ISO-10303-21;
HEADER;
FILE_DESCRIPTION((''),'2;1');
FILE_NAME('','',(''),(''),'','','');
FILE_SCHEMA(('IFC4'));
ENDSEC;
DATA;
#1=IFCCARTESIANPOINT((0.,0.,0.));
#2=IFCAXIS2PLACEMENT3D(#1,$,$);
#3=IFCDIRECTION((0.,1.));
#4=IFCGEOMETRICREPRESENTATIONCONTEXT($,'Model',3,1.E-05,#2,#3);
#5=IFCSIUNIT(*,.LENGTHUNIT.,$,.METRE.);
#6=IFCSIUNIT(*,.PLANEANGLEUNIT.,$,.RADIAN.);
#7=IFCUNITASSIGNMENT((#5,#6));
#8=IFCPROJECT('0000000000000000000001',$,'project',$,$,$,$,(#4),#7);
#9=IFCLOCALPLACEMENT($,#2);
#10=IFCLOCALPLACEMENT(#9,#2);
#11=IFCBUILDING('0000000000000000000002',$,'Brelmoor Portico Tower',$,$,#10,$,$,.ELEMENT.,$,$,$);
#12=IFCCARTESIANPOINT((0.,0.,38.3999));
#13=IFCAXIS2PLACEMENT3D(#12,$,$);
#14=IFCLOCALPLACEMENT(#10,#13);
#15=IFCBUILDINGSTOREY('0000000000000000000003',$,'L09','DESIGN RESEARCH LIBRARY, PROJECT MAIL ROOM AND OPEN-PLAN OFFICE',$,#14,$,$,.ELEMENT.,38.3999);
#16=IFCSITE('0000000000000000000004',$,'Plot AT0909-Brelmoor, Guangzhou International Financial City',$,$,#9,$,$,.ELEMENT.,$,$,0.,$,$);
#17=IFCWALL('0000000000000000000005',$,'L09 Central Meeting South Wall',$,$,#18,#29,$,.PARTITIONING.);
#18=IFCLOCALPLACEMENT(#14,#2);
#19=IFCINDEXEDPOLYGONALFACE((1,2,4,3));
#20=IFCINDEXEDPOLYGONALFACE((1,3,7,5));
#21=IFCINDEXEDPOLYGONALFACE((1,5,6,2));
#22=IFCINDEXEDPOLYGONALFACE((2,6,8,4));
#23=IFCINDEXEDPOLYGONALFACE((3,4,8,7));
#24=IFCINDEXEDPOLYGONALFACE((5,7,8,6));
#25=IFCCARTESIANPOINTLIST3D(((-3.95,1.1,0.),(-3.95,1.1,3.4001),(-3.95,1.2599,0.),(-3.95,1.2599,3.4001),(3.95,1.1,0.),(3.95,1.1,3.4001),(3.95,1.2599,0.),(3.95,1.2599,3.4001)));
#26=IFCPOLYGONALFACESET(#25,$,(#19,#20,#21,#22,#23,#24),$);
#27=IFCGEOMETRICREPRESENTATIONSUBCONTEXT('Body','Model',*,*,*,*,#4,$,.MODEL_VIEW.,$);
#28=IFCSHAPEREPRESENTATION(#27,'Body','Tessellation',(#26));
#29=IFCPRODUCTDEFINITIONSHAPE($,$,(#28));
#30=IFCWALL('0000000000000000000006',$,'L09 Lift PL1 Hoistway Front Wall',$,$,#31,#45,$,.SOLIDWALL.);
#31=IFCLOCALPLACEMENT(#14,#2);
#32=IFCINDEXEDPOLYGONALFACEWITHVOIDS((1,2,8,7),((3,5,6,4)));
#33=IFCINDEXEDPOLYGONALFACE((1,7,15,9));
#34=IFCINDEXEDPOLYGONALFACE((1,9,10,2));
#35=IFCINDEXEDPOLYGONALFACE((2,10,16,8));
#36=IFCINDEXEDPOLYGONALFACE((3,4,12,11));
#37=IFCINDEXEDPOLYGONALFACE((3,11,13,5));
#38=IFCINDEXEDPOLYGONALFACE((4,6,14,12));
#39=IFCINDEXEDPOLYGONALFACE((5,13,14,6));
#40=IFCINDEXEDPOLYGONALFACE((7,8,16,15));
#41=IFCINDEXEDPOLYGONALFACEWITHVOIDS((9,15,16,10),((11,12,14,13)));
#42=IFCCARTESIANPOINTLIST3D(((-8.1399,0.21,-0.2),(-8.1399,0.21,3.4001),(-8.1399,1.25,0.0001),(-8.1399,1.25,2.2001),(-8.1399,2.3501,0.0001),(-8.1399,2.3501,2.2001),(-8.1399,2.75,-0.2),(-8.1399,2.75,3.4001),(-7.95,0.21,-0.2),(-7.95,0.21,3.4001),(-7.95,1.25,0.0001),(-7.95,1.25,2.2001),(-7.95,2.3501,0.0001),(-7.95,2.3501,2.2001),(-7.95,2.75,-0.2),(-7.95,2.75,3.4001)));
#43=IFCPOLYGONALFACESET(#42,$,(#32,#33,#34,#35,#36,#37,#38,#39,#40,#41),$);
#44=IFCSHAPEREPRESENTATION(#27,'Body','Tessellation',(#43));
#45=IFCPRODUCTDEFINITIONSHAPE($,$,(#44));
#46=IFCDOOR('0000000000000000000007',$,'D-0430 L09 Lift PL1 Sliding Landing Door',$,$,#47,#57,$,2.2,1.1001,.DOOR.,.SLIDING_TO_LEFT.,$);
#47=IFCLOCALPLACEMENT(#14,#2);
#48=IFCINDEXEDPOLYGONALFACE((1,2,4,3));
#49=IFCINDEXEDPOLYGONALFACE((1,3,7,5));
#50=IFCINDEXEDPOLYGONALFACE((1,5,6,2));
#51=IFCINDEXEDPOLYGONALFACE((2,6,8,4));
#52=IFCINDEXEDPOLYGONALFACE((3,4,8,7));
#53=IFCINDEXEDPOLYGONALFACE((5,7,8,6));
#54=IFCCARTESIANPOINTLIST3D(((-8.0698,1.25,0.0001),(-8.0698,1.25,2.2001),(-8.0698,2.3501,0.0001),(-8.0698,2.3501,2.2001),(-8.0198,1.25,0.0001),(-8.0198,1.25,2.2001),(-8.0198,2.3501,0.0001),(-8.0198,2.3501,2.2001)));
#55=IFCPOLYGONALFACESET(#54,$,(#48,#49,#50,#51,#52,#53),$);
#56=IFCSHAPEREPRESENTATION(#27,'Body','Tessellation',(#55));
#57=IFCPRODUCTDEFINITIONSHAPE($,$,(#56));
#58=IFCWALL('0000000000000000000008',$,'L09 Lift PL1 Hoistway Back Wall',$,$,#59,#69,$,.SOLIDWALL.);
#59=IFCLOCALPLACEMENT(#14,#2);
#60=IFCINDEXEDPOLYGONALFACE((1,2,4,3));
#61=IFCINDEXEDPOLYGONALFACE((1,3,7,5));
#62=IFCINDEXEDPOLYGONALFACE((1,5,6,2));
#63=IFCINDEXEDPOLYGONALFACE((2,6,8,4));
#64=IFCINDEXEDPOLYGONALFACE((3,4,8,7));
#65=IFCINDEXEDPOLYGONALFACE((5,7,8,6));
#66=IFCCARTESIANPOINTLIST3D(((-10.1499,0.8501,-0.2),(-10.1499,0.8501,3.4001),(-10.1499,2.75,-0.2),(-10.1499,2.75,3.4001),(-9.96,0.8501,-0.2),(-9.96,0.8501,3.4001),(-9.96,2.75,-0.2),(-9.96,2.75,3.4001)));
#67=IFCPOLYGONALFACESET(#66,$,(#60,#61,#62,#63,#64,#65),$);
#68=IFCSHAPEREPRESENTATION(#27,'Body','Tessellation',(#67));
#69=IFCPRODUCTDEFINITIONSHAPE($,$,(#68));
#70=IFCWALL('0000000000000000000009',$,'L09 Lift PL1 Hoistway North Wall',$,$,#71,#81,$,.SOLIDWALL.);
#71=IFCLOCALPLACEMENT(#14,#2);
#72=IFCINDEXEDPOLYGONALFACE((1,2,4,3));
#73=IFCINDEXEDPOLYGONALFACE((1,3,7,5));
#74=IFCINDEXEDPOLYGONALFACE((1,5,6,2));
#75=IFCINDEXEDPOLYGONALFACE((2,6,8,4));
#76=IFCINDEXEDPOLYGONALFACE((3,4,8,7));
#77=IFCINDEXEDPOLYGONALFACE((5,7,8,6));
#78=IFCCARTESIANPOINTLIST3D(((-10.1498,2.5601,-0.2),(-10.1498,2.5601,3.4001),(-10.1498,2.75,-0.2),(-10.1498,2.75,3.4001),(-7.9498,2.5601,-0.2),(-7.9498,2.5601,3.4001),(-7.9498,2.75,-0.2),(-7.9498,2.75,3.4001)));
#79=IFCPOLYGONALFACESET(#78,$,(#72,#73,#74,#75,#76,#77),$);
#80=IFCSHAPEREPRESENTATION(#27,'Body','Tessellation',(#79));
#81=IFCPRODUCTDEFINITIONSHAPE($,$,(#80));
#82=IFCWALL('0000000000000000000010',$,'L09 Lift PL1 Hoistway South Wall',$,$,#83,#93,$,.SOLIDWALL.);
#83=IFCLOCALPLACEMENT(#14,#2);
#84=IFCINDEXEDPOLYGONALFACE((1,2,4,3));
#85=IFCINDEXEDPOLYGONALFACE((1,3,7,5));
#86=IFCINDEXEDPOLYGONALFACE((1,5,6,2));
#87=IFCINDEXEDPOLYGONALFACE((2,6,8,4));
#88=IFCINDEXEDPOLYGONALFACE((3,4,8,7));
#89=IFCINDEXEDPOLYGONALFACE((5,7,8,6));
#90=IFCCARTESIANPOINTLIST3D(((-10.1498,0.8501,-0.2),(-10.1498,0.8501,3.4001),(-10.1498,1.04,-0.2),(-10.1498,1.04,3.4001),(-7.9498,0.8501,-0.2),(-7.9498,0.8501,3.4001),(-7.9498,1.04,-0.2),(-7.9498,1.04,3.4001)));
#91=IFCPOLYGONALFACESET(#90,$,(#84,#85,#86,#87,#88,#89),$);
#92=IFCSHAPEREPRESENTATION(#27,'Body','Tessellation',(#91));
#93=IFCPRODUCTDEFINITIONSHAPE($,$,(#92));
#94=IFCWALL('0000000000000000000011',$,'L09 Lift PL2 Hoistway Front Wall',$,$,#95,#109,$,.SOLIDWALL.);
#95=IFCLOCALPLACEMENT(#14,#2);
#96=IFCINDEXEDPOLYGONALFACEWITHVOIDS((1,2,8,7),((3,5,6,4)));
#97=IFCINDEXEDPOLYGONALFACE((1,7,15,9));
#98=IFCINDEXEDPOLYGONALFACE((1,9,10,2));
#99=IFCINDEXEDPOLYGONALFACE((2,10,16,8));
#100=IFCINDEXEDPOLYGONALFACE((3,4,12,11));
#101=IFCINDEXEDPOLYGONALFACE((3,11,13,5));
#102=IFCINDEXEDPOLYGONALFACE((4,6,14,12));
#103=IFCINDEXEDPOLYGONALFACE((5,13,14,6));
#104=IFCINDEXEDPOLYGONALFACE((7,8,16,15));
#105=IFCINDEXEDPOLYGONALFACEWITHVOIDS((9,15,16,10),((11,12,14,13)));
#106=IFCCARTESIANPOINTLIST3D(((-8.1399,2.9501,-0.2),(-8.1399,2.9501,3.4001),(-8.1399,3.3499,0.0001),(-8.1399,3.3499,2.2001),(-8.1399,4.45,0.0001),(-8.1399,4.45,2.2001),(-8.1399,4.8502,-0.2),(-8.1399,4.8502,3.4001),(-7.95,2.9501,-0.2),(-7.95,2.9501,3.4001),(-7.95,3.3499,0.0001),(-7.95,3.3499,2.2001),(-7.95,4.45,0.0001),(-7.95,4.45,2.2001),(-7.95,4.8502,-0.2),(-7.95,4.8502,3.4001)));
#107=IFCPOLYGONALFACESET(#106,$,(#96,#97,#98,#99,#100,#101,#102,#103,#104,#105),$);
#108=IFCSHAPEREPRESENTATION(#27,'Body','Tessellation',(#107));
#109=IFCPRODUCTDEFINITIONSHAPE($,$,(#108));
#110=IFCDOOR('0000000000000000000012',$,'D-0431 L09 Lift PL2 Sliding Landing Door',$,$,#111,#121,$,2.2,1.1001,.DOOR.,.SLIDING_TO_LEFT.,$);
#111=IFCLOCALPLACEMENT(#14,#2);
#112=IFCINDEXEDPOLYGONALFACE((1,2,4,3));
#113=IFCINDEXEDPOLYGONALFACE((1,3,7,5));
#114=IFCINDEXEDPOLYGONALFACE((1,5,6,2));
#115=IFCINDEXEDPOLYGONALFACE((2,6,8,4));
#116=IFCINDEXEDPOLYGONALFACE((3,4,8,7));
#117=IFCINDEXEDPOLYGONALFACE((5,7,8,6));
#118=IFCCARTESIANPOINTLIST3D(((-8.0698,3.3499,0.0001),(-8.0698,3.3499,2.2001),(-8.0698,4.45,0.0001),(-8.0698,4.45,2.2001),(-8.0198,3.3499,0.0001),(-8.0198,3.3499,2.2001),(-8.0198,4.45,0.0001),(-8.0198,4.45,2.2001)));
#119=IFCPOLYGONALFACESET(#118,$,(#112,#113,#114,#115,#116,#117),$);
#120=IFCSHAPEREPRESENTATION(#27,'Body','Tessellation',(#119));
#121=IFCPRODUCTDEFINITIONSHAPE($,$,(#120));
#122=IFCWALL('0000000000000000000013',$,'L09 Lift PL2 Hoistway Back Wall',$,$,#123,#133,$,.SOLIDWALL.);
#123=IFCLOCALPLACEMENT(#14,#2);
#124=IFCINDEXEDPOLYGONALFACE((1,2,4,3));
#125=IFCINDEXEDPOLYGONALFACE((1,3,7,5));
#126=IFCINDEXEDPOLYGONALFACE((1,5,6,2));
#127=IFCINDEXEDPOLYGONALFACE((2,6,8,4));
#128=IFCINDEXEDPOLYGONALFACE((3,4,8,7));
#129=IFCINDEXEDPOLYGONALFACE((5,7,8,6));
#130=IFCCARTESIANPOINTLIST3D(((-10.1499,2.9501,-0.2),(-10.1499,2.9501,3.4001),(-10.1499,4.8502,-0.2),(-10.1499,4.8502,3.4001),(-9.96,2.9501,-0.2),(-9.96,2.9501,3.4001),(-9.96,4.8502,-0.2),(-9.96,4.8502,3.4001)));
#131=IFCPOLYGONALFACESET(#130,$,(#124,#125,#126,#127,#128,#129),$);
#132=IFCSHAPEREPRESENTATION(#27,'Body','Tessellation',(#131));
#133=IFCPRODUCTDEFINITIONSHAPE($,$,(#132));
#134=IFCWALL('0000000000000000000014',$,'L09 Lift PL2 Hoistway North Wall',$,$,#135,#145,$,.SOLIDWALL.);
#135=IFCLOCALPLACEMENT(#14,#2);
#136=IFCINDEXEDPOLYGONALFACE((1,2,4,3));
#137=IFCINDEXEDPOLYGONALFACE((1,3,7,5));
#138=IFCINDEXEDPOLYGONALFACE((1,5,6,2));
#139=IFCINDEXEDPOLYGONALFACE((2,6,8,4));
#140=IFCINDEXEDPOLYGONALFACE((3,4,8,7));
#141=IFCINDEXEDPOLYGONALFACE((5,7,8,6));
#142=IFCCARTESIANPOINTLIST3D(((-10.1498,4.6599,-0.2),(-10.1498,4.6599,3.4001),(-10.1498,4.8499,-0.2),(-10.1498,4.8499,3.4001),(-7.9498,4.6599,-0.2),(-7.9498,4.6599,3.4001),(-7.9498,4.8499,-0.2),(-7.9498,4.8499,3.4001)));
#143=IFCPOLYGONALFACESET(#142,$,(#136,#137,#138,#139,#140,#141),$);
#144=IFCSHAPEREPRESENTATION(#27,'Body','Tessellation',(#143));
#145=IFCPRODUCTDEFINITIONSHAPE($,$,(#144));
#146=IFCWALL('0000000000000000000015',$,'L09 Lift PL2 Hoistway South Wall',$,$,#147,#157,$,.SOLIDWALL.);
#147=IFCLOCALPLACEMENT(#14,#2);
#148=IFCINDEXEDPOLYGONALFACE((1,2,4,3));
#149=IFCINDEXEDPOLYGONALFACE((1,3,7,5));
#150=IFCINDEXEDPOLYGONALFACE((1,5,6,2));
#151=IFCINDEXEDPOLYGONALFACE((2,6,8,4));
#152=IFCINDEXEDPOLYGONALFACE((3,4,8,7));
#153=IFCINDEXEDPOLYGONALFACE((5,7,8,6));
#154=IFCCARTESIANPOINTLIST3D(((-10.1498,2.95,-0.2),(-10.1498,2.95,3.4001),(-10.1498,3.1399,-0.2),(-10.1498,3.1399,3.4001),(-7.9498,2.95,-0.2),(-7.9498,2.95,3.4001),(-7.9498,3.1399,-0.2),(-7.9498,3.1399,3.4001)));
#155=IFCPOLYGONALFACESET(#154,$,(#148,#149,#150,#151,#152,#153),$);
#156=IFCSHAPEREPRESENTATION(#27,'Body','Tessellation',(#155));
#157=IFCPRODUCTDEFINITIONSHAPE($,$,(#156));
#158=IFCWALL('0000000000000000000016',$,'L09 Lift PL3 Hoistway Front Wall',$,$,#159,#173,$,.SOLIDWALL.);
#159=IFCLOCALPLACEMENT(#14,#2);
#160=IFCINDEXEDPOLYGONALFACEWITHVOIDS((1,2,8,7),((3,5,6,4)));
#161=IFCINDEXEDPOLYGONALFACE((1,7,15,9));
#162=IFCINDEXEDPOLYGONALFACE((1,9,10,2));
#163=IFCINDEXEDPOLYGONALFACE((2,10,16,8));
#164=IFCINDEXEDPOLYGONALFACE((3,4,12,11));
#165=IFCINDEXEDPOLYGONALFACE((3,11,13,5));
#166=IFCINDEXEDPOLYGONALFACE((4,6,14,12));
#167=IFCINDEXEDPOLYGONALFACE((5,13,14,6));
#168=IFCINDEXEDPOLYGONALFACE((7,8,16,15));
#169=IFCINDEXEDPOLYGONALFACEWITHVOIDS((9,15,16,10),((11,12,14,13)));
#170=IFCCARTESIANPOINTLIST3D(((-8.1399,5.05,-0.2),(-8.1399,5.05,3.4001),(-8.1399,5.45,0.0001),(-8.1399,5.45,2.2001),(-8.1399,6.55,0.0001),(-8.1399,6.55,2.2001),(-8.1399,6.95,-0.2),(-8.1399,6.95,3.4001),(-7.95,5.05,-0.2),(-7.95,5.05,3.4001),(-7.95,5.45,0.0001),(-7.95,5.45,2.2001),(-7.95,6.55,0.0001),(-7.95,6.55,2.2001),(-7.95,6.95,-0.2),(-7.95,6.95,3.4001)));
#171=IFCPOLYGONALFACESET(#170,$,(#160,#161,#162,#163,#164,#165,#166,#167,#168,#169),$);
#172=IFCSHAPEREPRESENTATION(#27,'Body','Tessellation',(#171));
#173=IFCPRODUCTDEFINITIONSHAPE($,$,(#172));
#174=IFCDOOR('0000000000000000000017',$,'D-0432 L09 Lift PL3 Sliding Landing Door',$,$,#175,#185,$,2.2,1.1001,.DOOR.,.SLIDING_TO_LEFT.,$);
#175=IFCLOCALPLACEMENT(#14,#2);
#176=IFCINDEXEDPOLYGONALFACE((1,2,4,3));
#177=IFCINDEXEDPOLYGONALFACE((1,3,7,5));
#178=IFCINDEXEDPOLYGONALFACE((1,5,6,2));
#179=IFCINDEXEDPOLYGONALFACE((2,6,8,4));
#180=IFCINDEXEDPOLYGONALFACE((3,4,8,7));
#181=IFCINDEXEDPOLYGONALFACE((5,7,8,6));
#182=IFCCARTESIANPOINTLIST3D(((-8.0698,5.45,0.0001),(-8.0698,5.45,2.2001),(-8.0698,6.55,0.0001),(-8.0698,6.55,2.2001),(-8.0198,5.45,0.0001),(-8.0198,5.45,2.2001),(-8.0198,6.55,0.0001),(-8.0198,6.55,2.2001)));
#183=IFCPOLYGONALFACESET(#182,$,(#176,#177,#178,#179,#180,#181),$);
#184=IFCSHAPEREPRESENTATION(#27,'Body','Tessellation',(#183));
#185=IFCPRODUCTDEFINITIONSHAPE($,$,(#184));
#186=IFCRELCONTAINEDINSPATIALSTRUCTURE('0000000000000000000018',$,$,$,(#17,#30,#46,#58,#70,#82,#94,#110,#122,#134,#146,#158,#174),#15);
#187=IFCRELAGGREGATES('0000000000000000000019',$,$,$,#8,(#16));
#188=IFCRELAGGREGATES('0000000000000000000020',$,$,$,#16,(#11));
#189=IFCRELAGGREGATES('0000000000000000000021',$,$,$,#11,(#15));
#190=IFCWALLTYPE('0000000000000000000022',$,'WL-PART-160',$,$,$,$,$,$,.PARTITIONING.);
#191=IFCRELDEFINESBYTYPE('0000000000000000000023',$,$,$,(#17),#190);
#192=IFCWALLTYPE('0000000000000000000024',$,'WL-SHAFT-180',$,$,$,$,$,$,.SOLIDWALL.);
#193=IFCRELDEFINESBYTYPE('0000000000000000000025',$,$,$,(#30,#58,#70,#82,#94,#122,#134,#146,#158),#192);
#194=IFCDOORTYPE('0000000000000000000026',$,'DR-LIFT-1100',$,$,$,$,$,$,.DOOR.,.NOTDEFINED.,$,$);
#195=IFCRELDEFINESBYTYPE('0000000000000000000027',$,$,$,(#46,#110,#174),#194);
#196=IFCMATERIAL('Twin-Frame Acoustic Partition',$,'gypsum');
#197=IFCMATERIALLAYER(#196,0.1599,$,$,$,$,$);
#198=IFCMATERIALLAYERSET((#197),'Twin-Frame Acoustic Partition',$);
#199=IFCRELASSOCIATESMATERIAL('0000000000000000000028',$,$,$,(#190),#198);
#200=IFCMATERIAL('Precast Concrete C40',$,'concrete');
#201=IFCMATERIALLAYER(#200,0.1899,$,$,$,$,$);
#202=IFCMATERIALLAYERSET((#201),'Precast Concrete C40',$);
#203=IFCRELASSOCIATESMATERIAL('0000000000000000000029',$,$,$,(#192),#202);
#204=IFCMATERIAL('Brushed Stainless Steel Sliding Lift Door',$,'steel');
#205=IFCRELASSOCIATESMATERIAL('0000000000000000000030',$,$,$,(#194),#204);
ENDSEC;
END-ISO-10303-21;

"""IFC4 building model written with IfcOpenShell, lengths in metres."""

from ifc_helpers import new_model, si_unit, direction, frame, frame_2d, origin, place, context, subcontext, project, spatial, rectangle, extrude, material, layer, layer_set, type_object, element, fill, save


model = new_model("IFC4")

# Units and contexts
model_context = context("Model", 3, precision=1e-05, world=origin(), true_north=direction((0.0, 1.0)))
body_context = subcontext(model_context, "Body", "Model", "MODEL_VIEW")
ifc_project = project(units=[si_unit("LENGTHUNIT", "METRE"), si_unit("PLANEANGLEUNIT", "RADIAN")], contexts=[model_context])

# Site, building, storey
site_placement = place(None, origin())
site = spatial("IfcSite", under=ifc_project, at=site_placement, Name="Plot AT0909-Brelmoor, Guangzhou International Financial City", CompositionType="ELEMENT", RefElevation=0.0)
building_placement = place(site_placement, origin())
building = spatial("IfcBuilding", under=site, at=building_placement, Name="Brelmoor Portico Tower", CompositionType="ELEMENT")
storey_placement = place(building_placement, frame((0.0, 0.0, 38.3999)))
storey = spatial("IfcBuildingStorey", under=building, at=storey_placement, Name="L09", Description="DESIGN RESEARCH LIBRARY, PROJECT MAIL ROOM AND OPEN-PLAN OFFICE", CompositionType="ELEMENT", Elevation=38.3999)

# Wall
ifc_material_1 = material(Name="Twin-Frame Acoustic Partition", Category="gypsum")
ifc_layer_1 = layer(ifc_material_1, 0.1599)
ifc_layer_set_1 = layer_set([ifc_layer_1], Name="Twin-Frame Acoustic Partition")
wall_type_1 = type_object("IfcWallType", Name="WL-PART-160", PredefinedType="PARTITIONING", material=ifc_layer_set_1)
wall_1_placement = place(storey_placement, frame((-3.95, 1.1799, 0.0), z_axis=(0.0, 0.0, 1.0), x_axis=(1.0, 0.0, 0.0)))
element("IfcWall", 1, at=wall_1_placement, inside=storey, type_object=wall_type_1, Name="L09 Central Meeting South Wall", PredefinedType="PARTITIONING", context=body_context, shape_type="SweptSolid", body=[
    extrude(rectangle(XDim=7.8999, YDim=0.1599, at=frame_2d((3.95, 0.0))), origin(), (0.0, 0.0, 1.0), 3.4001),
])

# Wall, opening, door
ifc_material_2 = material(Name="Precast Concrete C40", Category="concrete")
ifc_layer_2 = layer(ifc_material_2, 0.1899)
ifc_layer_set_2 = layer_set([ifc_layer_2], Name="Precast Concrete C40")
wall_type_2 = type_object("IfcWallType", Name="WL-SHAFT-180", PredefinedType="SOLIDWALL", material=ifc_layer_set_2)
wall_2_placement = place(storey_placement, frame((-8.0449, 0.21, -0.2), z_axis=(0.0, 0.0, 1.0), x_axis=(0.0, 1.0, 0.0)))
wall_2 = element("IfcWall", 2, at=wall_2_placement, inside=storey, type_object=wall_type_2, Name="L09 Lift PL1 Hoistway Front Wall", PredefinedType="SOLIDWALL", context=body_context, shape_type="SweptSolid", body=[
    extrude(rectangle(XDim=2.54, YDim=0.1899, at=frame_2d((1.27, 0.0))), origin(), (0.0, 0.0, 1.0), 3.6001),
])
opening_1_placement = place(wall_2_placement, frame((1.04, 0.0, 0.2)))
opening_1 = element("IfcOpeningElement", 3, at=opening_1_placement, cuts=wall_2, PredefinedType="OPENING", context=body_context, shape_type="SweptSolid", body=[
    extrude(rectangle(XDim=1.1001, YDim=2.2, at=frame_2d((0.55, 1.1001))), frame((0.0, 0.105, 0.0), z_axis=(0.0, -1.0, 0.0), x_axis=(1.0, 0.0, 0.0)), (0.0, 0.0, 1.0), 0.21),
])
ifc_material_3 = material(Name="Brushed Stainless Steel Sliding Lift Door", Category="steel")
door_type = type_object("IfcDoorType", Name="DR-LIFT-1100", OperationType="NOTDEFINED", PredefinedType="DOOR", material=ifc_material_3)
door_1_placement = place(opening_1_placement, origin())
door_1 = element("IfcDoor", 4, at=door_1_placement, inside=storey, type_object=door_type, Name="D-0430 L09 Lift PL1 Sliding Landing Door", OperationType="SLIDING_TO_LEFT", OverallHeight=2.2, OverallWidth=1.1001, PredefinedType="DOOR", context=body_context, shape_type="SweptSolid", body=[
    extrude(rectangle(XDim=1.1001, YDim=2.2, at=frame_2d((0.55, 1.1001))), frame((0.0, 0.0249, 0.0), z_axis=(0.0, -1.0, 0.0), x_axis=(1.0, 0.0, 0.0)), (0.0, 0.0, 1.0), 0.05),
])
fill(opening_1, door_1)

# Walls
wall_3_placement = place(storey_placement, frame((-10.0549, 0.8501, -0.2), z_axis=(0.0, 0.0, 1.0), x_axis=(0.0, 1.0, 0.0)))
element("IfcWall", 5, at=wall_3_placement, inside=storey, type_object=wall_type_2, Name="L09 Lift PL1 Hoistway Back Wall", PredefinedType="SOLIDWALL", context=body_context, shape_type="SweptSolid", body=[
    extrude(rectangle(XDim=1.8999, YDim=0.1899, at=frame_2d((0.95, 0.0))), origin(), (0.0, 0.0, 1.0), 3.6001),
])
for number, where, z_axis, x_axis, name in (
    (6, (-10.1499, 2.655, -0.2), (0.0, 0.0, 1.0), (1.0, 0.0, 0.0), "L09 Lift PL1 Hoistway North Wall"),
    (7, (-10.1499, 0.9451, -0.2), (0.0, 0.0, 1.0), (1.0, 0.0, 0.0), "L09 Lift PL1 Hoistway South Wall"),
):
    element("IfcWall", number, at=place(storey_placement, frame(where, z_axis=z_axis, x_axis=x_axis)), inside=storey, type_object=wall_type_2, Name=name, PredefinedType="SOLIDWALL", context=body_context, shape_type="SweptSolid", body=[
        extrude(rectangle(XDim=2.2, YDim=0.1899, at=frame_2d((1.1001, 0.0))), origin(), (0.0, 0.0, 1.0), 3.6001),
    ])

# Wall, opening, door
wall_4_placement = place(storey_placement, frame((-8.0449, 2.95, -0.2), z_axis=(0.0, 0.0, 1.0), x_axis=(0.0, 1.0, 0.0)))
wall_4 = element("IfcWall", 8, at=wall_4_placement, inside=storey, type_object=wall_type_2, Name="L09 Lift PL2 Hoistway Front Wall", PredefinedType="SOLIDWALL", context=body_context, shape_type="SweptSolid", body=[
    extrude(rectangle(XDim=1.9001, YDim=0.1899, at=frame_2d((0.9502, 0.0))), origin(), (0.0, 0.0, 1.0), 3.6001),
])
opening_2_placement = place(wall_4_placement, frame((0.3999, 0.0, 0.2)))
opening_2 = element("IfcOpeningElement", 9, at=opening_2_placement, cuts=wall_4, PredefinedType="OPENING", context=body_context, shape_type="SweptSolid", body=[
    extrude(rectangle(XDim=1.1001, YDim=2.2, at=frame_2d((0.55, 1.1001))), frame((0.0, 0.105, 0.0), z_axis=(0.0, -1.0, 0.0), x_axis=(1.0, 0.0, 0.0)), (0.0, 0.0, 1.0), 0.21),
])
door_2_placement = place(opening_2_placement, origin())
door_2 = element("IfcDoor", 10, at=door_2_placement, inside=storey, type_object=door_type, Name="D-0431 L09 Lift PL2 Sliding Landing Door", OperationType="SLIDING_TO_LEFT", OverallHeight=2.2, OverallWidth=1.1001, PredefinedType="DOOR", context=body_context, shape_type="SweptSolid", body=[
    extrude(rectangle(XDim=1.1001, YDim=2.2, at=frame_2d((0.55, 1.1001))), frame((0.0, 0.0249, 0.0), z_axis=(0.0, -1.0, 0.0), x_axis=(1.0, 0.0, 0.0)), (0.0, 0.0, 1.0), 0.05),
])
fill(opening_2, door_2)

# Walls
wall_5_placement = place(storey_placement, frame((-10.0549, 2.95, -0.2), z_axis=(0.0, 0.0, 1.0), x_axis=(0.0, 1.0, 0.0)))
element("IfcWall", 11, at=wall_5_placement, inside=storey, type_object=wall_type_2, Name="L09 Lift PL2 Hoistway Back Wall", PredefinedType="SOLIDWALL", context=body_context, shape_type="SweptSolid", body=[
    extrude(rectangle(XDim=1.9001, YDim=0.1899, at=frame_2d((0.9502, 0.0))), origin(), (0.0, 0.0, 1.0), 3.6001),
])
for number, where, z_axis, x_axis, name in (
    (12, (-10.1499, 4.7549, -0.2), (0.0, 0.0, 1.0), (1.0, 0.0, 0.0), "L09 Lift PL2 Hoistway North Wall"),
    (13, (-10.1499, 3.0449, -0.2), (0.0, 0.0, 1.0), (1.0, 0.0, 0.0), "L09 Lift PL2 Hoistway South Wall"),
):
    element("IfcWall", number, at=place(storey_placement, frame(where, z_axis=z_axis, x_axis=x_axis)), inside=storey, type_object=wall_type_2, Name=name, PredefinedType="SOLIDWALL", context=body_context, shape_type="SweptSolid", body=[
        extrude(rectangle(XDim=2.2, YDim=0.1899, at=frame_2d((1.1001, 0.0))), origin(), (0.0, 0.0, 1.0), 3.6001),
    ])

# Wall, opening, door
wall_6_placement = place(storey_placement, frame((-8.0449, 5.05, -0.2), z_axis=(0.0, 0.0, 1.0), x_axis=(0.0, 1.0, 0.0)))
wall_6 = element("IfcWall", 14, at=wall_6_placement, inside=storey, type_object=wall_type_2, Name="L09 Lift PL3 Hoistway Front Wall", PredefinedType="SOLIDWALL", context=body_context, shape_type="SweptSolid", body=[
    extrude(rectangle(XDim=1.8999, YDim=0.1899, at=frame_2d((0.95, 0.0))), origin(), (0.0, 0.0, 1.0), 3.6001),
])
opening_3_placement = place(wall_6_placement, frame((0.3999, 0.0, 0.2)))
opening_3 = element("IfcOpeningElement", 15, at=opening_3_placement, cuts=wall_6, PredefinedType="OPENING", context=body_context, shape_type="SweptSolid", body=[
    extrude(rectangle(XDim=1.1001, YDim=2.2, at=frame_2d((0.55, 1.1001))), frame((0.0, 0.105, 0.0), z_axis=(0.0, -1.0, 0.0), x_axis=(1.0, 0.0, 0.0)), (0.0, 0.0, 1.0), 0.21),
])
door_3_placement = place(opening_3_placement, origin())
door_3 = element("IfcDoor", 16, at=door_3_placement, inside=storey, type_object=door_type, Name="D-0432 L09 Lift PL3 Sliding Landing Door", OperationType="SLIDING_TO_LEFT", OverallHeight=2.2, OverallWidth=1.1001, PredefinedType="DOOR", context=body_context, shape_type="SweptSolid", body=[
    extrude(rectangle(XDim=1.1001, YDim=2.2, at=frame_2d((0.55, 1.1001))), frame((0.0, 0.0249, 0.0), z_axis=(0.0, -1.0, 0.0), x_axis=(1.0, 0.0, 0.0)), (0.0, 0.0, 1.0), 0.05),
])
fill(opening_3, door_3)

save(model, "model.ifc")
